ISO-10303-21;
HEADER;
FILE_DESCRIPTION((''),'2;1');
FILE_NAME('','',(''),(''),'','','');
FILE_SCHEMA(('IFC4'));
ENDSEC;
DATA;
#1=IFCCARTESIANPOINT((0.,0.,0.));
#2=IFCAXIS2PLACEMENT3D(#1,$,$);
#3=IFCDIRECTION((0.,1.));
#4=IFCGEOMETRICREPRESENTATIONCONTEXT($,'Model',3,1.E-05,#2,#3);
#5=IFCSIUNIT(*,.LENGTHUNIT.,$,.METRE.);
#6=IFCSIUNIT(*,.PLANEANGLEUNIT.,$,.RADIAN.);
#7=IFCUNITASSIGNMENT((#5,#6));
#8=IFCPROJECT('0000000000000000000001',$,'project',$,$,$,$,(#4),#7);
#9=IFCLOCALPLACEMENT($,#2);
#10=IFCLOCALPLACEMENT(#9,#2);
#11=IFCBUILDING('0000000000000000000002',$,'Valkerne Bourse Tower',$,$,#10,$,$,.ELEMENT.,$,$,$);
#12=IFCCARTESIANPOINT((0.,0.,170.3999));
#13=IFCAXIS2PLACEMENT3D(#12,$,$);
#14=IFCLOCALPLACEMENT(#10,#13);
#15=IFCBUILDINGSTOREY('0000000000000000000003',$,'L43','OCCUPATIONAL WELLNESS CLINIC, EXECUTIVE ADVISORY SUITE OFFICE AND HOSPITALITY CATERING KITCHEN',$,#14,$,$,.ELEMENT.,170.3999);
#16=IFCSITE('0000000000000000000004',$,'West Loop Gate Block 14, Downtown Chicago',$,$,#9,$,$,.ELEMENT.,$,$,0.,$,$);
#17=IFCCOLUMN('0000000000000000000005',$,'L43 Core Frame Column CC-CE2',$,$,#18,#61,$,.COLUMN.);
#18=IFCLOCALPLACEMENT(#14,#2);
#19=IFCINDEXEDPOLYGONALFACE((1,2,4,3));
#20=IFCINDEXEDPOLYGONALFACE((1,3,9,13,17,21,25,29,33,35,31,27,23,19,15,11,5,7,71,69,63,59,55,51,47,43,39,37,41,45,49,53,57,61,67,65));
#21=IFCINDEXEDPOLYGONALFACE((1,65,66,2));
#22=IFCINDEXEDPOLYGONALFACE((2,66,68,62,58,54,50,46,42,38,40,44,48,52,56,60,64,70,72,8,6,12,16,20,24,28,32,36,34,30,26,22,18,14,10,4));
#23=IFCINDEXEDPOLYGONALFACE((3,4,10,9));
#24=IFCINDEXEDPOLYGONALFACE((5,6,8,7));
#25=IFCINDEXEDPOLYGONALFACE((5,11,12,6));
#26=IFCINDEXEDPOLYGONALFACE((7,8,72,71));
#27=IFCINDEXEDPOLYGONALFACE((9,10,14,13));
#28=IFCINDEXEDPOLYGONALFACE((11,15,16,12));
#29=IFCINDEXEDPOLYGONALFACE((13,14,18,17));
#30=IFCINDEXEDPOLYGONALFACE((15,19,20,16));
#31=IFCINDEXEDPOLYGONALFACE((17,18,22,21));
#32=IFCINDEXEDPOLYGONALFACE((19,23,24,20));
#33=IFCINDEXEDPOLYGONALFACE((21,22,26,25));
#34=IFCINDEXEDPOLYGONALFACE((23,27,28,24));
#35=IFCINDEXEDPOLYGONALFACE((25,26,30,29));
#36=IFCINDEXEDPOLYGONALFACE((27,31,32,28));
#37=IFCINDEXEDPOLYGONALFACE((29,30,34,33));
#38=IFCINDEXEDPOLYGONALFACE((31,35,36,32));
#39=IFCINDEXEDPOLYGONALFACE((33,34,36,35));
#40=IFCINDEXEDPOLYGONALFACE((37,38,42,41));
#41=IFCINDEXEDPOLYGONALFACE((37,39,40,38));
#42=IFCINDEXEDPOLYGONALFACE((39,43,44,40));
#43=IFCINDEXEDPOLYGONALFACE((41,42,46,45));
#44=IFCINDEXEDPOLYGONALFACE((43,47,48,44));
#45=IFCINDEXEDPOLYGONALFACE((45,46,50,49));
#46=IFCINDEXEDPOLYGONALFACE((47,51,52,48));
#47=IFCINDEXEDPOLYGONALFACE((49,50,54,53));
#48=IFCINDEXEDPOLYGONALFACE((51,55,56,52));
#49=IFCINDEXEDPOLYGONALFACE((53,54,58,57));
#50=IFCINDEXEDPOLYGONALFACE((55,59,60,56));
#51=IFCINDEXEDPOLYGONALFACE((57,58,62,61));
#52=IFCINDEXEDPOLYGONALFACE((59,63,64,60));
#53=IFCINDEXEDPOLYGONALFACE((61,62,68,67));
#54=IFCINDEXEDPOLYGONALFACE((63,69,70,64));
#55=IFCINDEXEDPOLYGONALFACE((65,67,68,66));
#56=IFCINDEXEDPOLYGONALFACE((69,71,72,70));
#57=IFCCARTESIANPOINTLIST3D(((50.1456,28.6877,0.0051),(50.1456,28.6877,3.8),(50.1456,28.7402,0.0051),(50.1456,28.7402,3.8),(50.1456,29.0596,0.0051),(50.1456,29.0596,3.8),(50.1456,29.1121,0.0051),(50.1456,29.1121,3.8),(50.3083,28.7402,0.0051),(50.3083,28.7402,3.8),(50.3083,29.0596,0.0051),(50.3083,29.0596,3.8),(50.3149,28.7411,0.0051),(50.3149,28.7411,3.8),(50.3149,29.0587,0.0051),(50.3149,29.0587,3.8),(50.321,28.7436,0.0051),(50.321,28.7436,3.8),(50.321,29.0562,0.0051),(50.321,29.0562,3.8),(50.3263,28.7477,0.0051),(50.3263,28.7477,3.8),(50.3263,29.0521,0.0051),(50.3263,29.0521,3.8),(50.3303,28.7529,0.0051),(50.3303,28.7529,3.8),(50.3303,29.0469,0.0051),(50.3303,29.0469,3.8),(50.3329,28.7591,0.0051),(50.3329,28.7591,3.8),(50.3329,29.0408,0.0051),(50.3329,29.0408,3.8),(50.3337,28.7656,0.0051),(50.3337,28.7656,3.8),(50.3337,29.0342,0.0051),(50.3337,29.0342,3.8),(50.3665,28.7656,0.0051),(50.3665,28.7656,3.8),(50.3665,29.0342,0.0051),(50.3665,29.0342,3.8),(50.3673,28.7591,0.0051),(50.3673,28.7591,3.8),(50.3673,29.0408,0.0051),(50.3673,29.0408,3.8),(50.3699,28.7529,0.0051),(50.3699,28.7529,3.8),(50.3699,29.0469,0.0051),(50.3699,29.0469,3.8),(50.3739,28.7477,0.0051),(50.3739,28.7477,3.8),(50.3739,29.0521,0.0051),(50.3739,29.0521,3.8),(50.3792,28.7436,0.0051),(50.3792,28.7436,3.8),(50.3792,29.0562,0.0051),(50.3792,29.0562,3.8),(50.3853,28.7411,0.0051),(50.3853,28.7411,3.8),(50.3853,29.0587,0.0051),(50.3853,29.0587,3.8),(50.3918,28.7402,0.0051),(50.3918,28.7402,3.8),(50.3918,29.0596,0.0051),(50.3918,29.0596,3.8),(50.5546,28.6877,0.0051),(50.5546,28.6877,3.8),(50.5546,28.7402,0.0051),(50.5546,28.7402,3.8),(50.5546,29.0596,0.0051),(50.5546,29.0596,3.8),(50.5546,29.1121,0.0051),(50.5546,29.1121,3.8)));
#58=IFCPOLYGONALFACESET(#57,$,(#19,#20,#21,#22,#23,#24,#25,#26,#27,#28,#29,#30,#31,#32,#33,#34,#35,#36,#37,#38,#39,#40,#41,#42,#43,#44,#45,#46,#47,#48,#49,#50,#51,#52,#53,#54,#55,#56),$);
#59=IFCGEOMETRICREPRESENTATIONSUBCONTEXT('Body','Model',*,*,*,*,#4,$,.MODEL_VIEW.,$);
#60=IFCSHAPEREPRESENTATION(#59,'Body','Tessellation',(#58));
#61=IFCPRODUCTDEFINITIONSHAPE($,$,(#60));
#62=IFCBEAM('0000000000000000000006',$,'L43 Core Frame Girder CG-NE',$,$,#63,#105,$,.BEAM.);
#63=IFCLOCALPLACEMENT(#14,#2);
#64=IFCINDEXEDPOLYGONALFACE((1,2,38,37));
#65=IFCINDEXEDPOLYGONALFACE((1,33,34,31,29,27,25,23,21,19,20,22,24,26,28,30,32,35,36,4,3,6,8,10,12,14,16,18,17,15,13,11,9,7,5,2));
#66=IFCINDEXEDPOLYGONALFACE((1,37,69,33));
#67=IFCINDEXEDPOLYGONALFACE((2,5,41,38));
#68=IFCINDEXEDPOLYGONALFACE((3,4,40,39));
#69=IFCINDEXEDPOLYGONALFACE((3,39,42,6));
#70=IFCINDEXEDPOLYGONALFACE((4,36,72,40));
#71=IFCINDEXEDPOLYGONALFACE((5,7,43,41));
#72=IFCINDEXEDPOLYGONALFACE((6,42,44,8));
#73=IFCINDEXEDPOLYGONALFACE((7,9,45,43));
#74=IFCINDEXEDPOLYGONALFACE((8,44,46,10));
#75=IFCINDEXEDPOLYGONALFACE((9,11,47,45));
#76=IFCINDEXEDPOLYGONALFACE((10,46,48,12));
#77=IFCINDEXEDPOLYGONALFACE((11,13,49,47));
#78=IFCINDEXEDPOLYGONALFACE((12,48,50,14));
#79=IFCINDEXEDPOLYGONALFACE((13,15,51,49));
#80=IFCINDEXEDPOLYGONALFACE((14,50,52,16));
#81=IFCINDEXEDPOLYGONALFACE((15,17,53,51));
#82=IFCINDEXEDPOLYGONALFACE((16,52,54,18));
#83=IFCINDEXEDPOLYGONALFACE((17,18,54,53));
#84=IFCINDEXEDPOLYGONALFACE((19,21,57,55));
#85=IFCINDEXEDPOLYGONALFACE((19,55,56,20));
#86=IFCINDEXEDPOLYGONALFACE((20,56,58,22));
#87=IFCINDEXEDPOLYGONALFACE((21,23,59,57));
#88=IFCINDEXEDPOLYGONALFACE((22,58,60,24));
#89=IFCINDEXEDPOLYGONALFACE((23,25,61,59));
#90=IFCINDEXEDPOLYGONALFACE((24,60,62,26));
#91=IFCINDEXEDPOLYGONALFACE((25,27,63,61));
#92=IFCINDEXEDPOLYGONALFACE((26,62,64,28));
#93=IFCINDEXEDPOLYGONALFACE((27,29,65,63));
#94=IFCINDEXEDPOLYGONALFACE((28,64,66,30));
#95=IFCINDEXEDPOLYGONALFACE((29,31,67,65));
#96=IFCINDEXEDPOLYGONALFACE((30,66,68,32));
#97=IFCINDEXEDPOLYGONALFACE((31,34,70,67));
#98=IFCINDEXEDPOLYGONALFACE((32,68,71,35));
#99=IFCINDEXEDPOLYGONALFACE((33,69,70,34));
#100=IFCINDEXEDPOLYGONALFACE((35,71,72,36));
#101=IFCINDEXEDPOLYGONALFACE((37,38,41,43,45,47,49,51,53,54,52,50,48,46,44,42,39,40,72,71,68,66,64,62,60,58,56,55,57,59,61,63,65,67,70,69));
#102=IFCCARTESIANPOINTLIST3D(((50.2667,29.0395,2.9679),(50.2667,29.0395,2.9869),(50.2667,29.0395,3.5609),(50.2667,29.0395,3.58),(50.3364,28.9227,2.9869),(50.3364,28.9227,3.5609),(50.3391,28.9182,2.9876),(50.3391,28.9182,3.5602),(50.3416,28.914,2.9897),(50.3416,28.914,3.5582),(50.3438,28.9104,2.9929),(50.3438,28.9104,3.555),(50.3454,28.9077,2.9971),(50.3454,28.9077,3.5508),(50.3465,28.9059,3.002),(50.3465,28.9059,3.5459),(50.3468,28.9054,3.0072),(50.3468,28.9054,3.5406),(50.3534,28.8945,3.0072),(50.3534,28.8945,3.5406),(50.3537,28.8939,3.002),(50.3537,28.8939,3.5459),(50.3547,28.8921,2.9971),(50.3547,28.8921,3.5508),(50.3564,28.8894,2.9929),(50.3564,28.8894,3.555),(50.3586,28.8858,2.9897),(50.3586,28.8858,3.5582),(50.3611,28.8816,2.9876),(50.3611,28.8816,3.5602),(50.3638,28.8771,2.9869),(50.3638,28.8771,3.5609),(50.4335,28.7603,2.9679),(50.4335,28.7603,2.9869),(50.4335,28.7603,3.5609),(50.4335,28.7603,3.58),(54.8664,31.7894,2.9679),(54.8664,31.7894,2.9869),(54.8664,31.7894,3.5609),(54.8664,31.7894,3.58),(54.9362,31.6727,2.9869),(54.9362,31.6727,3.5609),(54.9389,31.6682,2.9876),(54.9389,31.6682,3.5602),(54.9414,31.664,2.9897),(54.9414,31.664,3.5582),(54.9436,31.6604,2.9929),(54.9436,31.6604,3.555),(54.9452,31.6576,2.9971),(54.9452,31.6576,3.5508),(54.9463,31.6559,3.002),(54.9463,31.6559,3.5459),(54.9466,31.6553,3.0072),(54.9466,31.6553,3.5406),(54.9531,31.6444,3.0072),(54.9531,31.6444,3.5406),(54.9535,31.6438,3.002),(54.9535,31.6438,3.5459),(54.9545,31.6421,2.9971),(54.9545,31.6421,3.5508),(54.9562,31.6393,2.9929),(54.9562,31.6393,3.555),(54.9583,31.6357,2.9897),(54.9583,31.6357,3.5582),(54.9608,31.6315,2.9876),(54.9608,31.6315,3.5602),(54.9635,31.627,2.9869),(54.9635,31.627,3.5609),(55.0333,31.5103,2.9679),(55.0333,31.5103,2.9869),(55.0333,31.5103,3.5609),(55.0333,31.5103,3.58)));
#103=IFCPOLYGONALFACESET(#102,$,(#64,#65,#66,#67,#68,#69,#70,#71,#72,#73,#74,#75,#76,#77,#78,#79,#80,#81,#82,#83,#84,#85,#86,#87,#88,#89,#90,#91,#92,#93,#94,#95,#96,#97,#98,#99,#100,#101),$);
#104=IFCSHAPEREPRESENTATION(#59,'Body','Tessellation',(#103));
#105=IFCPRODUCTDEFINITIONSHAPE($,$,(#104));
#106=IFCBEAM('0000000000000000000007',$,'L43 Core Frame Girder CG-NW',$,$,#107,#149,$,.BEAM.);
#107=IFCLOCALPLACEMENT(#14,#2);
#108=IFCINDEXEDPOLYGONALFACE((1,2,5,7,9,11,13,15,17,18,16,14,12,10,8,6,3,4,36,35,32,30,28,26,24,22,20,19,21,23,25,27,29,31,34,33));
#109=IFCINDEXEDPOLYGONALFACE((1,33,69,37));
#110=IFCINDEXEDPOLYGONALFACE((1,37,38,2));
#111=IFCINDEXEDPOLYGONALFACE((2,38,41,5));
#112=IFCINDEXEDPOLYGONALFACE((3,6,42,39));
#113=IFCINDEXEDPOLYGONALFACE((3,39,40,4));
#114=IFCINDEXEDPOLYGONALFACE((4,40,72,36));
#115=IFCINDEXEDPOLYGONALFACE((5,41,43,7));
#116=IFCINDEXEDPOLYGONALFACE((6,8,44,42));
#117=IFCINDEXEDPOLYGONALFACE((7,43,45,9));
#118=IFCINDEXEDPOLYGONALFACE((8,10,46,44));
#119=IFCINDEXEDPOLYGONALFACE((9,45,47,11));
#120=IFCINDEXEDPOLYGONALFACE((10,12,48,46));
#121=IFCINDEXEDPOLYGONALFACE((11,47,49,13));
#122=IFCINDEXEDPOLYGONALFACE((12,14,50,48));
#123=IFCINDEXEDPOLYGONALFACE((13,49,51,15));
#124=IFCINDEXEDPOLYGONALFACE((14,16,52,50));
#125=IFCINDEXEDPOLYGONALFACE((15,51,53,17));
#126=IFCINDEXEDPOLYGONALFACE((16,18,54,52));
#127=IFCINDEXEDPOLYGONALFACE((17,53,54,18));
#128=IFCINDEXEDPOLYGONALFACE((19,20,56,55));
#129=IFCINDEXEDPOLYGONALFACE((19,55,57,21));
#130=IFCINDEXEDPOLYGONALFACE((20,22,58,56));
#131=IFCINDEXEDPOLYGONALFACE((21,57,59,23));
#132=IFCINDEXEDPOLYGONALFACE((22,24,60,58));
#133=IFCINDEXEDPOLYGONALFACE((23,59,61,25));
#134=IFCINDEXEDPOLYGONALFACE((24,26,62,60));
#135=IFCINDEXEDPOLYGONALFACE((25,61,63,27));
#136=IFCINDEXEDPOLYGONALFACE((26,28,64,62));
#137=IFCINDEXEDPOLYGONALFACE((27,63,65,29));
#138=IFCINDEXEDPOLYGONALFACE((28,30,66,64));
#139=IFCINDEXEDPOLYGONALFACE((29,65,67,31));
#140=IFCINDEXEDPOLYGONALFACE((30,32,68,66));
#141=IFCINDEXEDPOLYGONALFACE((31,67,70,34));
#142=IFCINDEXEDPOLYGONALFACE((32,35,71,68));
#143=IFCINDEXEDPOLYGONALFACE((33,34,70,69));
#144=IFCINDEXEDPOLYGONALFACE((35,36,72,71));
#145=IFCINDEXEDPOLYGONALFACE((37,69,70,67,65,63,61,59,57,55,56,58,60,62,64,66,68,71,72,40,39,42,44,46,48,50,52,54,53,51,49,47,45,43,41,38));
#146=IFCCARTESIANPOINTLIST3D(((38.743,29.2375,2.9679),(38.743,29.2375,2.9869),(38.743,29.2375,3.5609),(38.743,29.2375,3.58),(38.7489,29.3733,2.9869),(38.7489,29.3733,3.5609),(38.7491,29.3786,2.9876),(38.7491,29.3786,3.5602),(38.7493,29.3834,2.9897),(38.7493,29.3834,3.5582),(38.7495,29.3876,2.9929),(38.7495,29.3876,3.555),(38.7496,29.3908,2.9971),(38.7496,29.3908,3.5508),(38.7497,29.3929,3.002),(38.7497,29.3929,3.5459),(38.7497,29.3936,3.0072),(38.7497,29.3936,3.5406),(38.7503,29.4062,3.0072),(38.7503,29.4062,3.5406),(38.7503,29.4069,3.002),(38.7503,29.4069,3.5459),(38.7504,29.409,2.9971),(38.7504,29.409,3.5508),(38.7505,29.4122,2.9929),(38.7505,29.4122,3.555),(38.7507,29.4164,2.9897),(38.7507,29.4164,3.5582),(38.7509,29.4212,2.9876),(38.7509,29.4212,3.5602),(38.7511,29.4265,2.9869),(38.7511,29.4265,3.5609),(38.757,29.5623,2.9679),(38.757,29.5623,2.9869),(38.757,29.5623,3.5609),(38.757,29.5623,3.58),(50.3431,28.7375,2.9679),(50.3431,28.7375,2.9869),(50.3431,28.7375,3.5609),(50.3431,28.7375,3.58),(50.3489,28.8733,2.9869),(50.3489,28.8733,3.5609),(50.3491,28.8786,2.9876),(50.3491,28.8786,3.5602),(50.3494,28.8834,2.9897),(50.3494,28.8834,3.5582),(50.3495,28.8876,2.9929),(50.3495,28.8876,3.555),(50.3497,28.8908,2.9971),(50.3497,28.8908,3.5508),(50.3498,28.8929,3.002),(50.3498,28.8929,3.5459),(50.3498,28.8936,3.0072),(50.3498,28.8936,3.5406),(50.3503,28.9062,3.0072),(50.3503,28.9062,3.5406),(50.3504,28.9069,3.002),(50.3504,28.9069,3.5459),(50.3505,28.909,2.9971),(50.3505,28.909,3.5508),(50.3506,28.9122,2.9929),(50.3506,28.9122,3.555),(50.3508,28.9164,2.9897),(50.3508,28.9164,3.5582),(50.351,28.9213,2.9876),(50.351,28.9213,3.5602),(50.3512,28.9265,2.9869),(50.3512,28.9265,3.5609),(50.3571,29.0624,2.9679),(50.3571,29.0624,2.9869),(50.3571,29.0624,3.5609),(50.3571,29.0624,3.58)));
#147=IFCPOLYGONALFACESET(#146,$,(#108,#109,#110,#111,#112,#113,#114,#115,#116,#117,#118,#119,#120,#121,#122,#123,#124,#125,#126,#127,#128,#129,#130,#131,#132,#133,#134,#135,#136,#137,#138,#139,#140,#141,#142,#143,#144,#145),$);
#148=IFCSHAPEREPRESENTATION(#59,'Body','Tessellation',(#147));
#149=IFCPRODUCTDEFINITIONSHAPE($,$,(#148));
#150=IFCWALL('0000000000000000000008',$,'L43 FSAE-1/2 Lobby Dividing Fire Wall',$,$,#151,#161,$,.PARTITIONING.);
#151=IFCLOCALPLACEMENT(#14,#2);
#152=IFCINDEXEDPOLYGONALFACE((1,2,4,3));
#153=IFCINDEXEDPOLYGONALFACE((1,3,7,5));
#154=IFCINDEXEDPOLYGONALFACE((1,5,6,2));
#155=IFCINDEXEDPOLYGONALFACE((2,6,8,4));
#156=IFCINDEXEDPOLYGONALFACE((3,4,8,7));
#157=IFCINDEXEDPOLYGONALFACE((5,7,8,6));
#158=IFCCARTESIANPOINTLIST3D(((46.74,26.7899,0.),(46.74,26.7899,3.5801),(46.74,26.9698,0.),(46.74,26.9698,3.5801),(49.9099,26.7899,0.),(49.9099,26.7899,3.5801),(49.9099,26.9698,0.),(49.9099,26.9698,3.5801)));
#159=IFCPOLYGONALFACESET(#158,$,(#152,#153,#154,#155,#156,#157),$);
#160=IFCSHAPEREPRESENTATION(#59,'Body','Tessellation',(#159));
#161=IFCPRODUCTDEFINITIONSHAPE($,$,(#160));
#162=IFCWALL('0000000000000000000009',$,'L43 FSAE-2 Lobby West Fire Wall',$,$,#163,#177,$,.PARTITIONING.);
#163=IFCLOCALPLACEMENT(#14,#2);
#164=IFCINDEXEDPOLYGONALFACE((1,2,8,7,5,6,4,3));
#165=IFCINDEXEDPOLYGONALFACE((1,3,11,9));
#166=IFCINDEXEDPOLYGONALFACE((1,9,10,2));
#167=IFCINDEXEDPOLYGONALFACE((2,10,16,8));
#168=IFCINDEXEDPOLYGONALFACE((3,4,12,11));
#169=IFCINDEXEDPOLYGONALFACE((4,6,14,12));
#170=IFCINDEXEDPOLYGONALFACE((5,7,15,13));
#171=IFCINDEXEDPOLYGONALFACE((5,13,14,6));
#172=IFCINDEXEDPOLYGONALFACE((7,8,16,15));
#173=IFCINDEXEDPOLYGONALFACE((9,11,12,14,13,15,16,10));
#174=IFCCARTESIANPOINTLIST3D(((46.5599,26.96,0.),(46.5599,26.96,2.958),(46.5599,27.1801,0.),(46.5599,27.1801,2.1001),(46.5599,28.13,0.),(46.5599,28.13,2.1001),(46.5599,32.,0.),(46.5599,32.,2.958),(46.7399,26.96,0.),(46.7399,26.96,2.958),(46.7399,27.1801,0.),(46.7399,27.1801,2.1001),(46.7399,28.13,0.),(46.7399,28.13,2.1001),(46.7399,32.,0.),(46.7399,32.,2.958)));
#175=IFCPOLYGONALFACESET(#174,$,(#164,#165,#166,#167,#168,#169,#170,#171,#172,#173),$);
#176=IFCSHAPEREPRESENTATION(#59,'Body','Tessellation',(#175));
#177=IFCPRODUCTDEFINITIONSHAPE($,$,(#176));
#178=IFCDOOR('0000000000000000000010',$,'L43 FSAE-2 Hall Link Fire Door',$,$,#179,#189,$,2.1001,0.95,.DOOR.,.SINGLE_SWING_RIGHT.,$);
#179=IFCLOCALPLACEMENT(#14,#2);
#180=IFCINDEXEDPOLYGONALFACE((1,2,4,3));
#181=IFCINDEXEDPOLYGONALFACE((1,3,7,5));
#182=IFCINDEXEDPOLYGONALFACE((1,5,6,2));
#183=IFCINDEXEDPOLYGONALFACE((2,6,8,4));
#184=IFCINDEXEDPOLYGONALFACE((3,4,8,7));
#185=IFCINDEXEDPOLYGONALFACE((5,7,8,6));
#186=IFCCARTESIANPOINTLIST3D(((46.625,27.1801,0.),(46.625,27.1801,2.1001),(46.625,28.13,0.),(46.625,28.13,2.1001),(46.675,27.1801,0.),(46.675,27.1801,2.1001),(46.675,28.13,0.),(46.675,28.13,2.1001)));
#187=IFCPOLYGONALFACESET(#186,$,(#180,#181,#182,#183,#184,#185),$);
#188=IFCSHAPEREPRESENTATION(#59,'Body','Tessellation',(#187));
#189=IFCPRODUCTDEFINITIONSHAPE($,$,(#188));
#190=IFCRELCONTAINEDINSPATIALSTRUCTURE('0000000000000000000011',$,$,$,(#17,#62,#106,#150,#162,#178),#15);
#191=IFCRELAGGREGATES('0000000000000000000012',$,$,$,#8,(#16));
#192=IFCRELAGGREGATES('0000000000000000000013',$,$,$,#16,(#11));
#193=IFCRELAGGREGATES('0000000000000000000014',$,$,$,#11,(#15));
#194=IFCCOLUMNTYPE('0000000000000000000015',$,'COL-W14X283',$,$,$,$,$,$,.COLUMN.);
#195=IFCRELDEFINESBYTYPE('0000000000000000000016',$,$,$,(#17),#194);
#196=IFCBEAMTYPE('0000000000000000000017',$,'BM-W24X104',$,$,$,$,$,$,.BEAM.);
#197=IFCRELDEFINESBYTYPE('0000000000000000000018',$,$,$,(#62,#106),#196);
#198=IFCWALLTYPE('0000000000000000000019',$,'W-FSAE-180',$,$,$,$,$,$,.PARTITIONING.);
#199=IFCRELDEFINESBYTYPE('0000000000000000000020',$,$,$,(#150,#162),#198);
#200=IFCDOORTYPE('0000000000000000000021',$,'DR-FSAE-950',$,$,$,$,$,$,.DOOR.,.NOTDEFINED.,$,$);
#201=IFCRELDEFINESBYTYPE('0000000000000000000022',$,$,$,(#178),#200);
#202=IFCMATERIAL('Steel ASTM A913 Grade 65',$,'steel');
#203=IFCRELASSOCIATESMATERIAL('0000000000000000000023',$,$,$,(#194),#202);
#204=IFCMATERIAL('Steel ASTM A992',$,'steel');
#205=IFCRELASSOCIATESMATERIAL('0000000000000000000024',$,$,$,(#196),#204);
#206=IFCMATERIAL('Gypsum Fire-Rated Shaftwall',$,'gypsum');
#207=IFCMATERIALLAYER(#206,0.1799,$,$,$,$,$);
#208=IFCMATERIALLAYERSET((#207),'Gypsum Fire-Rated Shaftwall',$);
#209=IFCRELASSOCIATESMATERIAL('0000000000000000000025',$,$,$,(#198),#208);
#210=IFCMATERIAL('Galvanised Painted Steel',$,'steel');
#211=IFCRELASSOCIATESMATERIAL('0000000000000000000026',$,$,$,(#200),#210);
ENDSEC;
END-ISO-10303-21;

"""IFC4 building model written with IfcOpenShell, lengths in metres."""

from ifc_helpers import new_model, si_unit, direction, frame, frame_2d, origin, origin_2d, place, context, subcontext, project, spatial, rectangle, i_section, extrude, material, layer, layer_set, material_profile, profile_set, type_object, element, fill, save


model = new_model("IFC4")

# Units and contexts
model_context = context("Model", 3, precision=1e-05, world=origin(), true_north=direction((0.0, 1.0)))
body_context = subcontext(model_context, "Body", "Model", "MODEL_VIEW")
ifc_project = project(units=[si_unit("LENGTHUNIT", "METRE"), si_unit("PLANEANGLEUNIT", "RADIAN")], contexts=[model_context])

# Site, building, storey
site_placement = place(None, origin())
site = spatial("IfcSite", under=ifc_project, at=site_placement, Name="West Loop Gate Block 14, Downtown Chicago", CompositionType="ELEMENT", RefElevation=0.0)
building_placement = place(site_placement, origin())
building = spatial("IfcBuilding", under=site, at=building_placement, Name="Valkerne Bourse Tower", CompositionType="ELEMENT")
storey_placement = place(building_placement, frame((0.0, 0.0, 170.3999)))
storey = spatial("IfcBuildingStorey", under=building, at=storey_placement, Name="L43", Description="OCCUPATIONAL WELLNESS CLINIC, EXECUTIVE ADVISORY SUITE OFFICE AND HOSPITALITY CATERING KITCHEN", CompositionType="ELEMENT", Elevation=170.3999)

# Column
ifc_material_1 = material(Name="Steel ASTM A913 Grade 65", Category="steel")
ifc_material_profile_1 = material_profile(ifc_material_1, i_section(OverallWidth=0.4089, OverallDepth=0.4243, WebThickness=0.0327, FlangeThickness=0.0525, FilletRadius=0.0254, at=origin_2d()), Name="W14X283")
ifc_profile_set_1 = profile_set([ifc_material_profile_1], Name="Steel ASTM A913 Grade 65")
column_type = type_object("IfcColumnType", Name="COL-W14X283", PredefinedType="COLUMN", material=ifc_profile_set_1)
column_placement = place(storey_placement, frame((50.3501, 28.8999, 0.0051), z_axis=(0.0, 0.0, 1.0), x_axis=(1.0, 0.0, 0.0)))
element("IfcColumn", 1, at=column_placement, inside=storey, type_object=column_type, Name="L43 Core Frame Column CC-CE2", PredefinedType="COLUMN", context=body_context, shape_type="SweptSolid", body=[
    extrude(i_section(OverallWidth=0.4089, OverallDepth=0.4243, WebThickness=0.0327, FlangeThickness=0.0525, FilletRadius=0.0254, at=origin_2d()), origin(), (0.0, 0.0, 1.0), 3.7949),
])

# Beams
ifc_material_2 = material(Name="Steel ASTM A992", Category="steel")
ifc_material_profile_2 = material_profile(ifc_material_2, i_section(OverallWidth=0.3252, OverallDepth=0.6121, WebThickness=0.0127, FlangeThickness=0.019, FilletRadius=0.0203, at=origin_2d()), Name="W24X104")
ifc_profile_set_2 = profile_set([ifc_material_profile_2], Name="Steel ASTM A992")
beam_type = type_object("IfcBeamType", Name="BM-W24X104", PredefinedType="BEAM", material=ifc_profile_set_2)
beam_1_placement = place(storey_placement, frame((50.3501, 28.8999, 3.2739), z_axis=(0.858308, 0.513135, 0.0), x_axis=(-0.513135, 0.858308, 0.0)))
element("IfcBeam", 2, at=beam_1_placement, inside=storey, type_object=beam_type, Name="L43 Core Frame Girder CG-NE", PredefinedType="BEAM", context=body_context, shape_type="SweptSolid", body=[
    extrude(i_section(OverallWidth=0.3252, OverallDepth=0.6121, WebThickness=0.0127, FlangeThickness=0.019, FilletRadius=0.0203, at=origin_2d()), origin(), (0.0, 0.0, 1.0), 5.3591),
])
beam_2_placement = place(storey_placement, frame((38.75, 29.3999, 3.2739), z_axis=(0.999072, -0.043063, 0.0), x_axis=(0.043063, 0.999072, 0.0)))
element("IfcBeam", 3, at=beam_2_placement, inside=storey, type_object=beam_type, Name="L43 Core Frame Girder CG-NW", PredefinedType="BEAM", context=body_context, shape_type="SweptSolid", body=[
    extrude(i_section(OverallWidth=0.3252, OverallDepth=0.6121, WebThickness=0.0127, FlangeThickness=0.019, FilletRadius=0.0203, at=origin_2d()), origin(), (0.0, 0.0, 1.0), 11.6108),
])

# Wall
ifc_material_3 = material(Name="Gypsum Fire-Rated Shaftwall", Category="gypsum")
ifc_layer_1 = layer(ifc_material_3, 0.1799)
ifc_layer_set_1 = layer_set([ifc_layer_1], Name="Gypsum Fire-Rated Shaftwall")
wall_type_1 = type_object("IfcWallType", Name="W-FSAE-180", PredefinedType="PARTITIONING", material=ifc_layer_set_1)
wall_1_placement = place(storey_placement, frame((46.74, 26.8799, 0.0), z_axis=(0.0, 0.0, 1.0), x_axis=(1.0, 0.0, 0.0)))
element("IfcWall", 4, at=wall_1_placement, inside=storey, type_object=wall_type_1, Name="L43 FSAE-1/2 Lobby Dividing Fire Wall", PredefinedType="PARTITIONING", context=body_context, shape_type="SweptSolid", body=[
    extrude(rectangle(XDim=3.1699, YDim=0.1799, at=frame_2d((1.585, 0.0))), origin(), (0.0, 0.0, 1.0), 3.5801),
])

# Wall, opening, door
wall_2_placement = place(storey_placement, frame((46.6499, 26.96, 0.0), z_axis=(0.0, 0.0, 1.0), x_axis=(0.0, 1.0, 0.0)))
wall_2 = element("IfcWall", 5, at=wall_2_placement, inside=storey, type_object=wall_type_1, Name="L43 FSAE-2 Lobby West Fire Wall", PredefinedType="PARTITIONING", context=body_context, shape_type="SweptSolid", body=[
    extrude(rectangle(XDim=5.04, YDim=0.1799, at=frame_2d((2.52, 0.0))), origin(), (0.0, 0.0, 1.0), 2.958),
])
opening_1_placement = place(wall_2_placement, frame((0.22, 0.0, 0.0)))
opening_1 = element("IfcOpeningElement", 6, at=opening_1_placement, cuts=wall_2, PredefinedType="OPENING", context=body_context, shape_type="SweptSolid", body=[
    extrude(rectangle(XDim=0.95, YDim=2.1001, at=frame_2d((0.4751, 1.05))), frame((0.0, 0.0999, 0.0), z_axis=(0.0, -1.0, 0.0), x_axis=(1.0, 0.0, 0.0)), (0.0, 0.0, 1.0), 0.2),
])
ifc_material_4 = material(Name="Galvanised Painted Steel", Category="steel")
door_type_1 = type_object("IfcDoorType", Name="DR-FSAE-950", OperationType="NOTDEFINED", PredefinedType="DOOR", material=ifc_material_4)
door_1_placement = place(opening_1_placement, origin())
door_1 = element("IfcDoor", 7, at=door_1_placement, inside=storey, type_object=door_type_1, Name="L43 FSAE-2 Hall Link Fire Door", OperationType="SINGLE_SWING_RIGHT", OverallHeight=2.1001, OverallWidth=0.95, PredefinedType="DOOR", context=body_context, shape_type="SweptSolid", body=[
    extrude(rectangle(XDim=0.95, YDim=2.1001, at=frame_2d((0.4751, 1.05))), frame((0.0, 0.0249, 0.0), z_axis=(0.0, -1.0, 0.0), x_axis=(1.0, 0.0, 0.0)), (0.0, 0.0, 1.0), 0.05),
])
fill(opening_1, door_1)

save(model, "model.ifc")
